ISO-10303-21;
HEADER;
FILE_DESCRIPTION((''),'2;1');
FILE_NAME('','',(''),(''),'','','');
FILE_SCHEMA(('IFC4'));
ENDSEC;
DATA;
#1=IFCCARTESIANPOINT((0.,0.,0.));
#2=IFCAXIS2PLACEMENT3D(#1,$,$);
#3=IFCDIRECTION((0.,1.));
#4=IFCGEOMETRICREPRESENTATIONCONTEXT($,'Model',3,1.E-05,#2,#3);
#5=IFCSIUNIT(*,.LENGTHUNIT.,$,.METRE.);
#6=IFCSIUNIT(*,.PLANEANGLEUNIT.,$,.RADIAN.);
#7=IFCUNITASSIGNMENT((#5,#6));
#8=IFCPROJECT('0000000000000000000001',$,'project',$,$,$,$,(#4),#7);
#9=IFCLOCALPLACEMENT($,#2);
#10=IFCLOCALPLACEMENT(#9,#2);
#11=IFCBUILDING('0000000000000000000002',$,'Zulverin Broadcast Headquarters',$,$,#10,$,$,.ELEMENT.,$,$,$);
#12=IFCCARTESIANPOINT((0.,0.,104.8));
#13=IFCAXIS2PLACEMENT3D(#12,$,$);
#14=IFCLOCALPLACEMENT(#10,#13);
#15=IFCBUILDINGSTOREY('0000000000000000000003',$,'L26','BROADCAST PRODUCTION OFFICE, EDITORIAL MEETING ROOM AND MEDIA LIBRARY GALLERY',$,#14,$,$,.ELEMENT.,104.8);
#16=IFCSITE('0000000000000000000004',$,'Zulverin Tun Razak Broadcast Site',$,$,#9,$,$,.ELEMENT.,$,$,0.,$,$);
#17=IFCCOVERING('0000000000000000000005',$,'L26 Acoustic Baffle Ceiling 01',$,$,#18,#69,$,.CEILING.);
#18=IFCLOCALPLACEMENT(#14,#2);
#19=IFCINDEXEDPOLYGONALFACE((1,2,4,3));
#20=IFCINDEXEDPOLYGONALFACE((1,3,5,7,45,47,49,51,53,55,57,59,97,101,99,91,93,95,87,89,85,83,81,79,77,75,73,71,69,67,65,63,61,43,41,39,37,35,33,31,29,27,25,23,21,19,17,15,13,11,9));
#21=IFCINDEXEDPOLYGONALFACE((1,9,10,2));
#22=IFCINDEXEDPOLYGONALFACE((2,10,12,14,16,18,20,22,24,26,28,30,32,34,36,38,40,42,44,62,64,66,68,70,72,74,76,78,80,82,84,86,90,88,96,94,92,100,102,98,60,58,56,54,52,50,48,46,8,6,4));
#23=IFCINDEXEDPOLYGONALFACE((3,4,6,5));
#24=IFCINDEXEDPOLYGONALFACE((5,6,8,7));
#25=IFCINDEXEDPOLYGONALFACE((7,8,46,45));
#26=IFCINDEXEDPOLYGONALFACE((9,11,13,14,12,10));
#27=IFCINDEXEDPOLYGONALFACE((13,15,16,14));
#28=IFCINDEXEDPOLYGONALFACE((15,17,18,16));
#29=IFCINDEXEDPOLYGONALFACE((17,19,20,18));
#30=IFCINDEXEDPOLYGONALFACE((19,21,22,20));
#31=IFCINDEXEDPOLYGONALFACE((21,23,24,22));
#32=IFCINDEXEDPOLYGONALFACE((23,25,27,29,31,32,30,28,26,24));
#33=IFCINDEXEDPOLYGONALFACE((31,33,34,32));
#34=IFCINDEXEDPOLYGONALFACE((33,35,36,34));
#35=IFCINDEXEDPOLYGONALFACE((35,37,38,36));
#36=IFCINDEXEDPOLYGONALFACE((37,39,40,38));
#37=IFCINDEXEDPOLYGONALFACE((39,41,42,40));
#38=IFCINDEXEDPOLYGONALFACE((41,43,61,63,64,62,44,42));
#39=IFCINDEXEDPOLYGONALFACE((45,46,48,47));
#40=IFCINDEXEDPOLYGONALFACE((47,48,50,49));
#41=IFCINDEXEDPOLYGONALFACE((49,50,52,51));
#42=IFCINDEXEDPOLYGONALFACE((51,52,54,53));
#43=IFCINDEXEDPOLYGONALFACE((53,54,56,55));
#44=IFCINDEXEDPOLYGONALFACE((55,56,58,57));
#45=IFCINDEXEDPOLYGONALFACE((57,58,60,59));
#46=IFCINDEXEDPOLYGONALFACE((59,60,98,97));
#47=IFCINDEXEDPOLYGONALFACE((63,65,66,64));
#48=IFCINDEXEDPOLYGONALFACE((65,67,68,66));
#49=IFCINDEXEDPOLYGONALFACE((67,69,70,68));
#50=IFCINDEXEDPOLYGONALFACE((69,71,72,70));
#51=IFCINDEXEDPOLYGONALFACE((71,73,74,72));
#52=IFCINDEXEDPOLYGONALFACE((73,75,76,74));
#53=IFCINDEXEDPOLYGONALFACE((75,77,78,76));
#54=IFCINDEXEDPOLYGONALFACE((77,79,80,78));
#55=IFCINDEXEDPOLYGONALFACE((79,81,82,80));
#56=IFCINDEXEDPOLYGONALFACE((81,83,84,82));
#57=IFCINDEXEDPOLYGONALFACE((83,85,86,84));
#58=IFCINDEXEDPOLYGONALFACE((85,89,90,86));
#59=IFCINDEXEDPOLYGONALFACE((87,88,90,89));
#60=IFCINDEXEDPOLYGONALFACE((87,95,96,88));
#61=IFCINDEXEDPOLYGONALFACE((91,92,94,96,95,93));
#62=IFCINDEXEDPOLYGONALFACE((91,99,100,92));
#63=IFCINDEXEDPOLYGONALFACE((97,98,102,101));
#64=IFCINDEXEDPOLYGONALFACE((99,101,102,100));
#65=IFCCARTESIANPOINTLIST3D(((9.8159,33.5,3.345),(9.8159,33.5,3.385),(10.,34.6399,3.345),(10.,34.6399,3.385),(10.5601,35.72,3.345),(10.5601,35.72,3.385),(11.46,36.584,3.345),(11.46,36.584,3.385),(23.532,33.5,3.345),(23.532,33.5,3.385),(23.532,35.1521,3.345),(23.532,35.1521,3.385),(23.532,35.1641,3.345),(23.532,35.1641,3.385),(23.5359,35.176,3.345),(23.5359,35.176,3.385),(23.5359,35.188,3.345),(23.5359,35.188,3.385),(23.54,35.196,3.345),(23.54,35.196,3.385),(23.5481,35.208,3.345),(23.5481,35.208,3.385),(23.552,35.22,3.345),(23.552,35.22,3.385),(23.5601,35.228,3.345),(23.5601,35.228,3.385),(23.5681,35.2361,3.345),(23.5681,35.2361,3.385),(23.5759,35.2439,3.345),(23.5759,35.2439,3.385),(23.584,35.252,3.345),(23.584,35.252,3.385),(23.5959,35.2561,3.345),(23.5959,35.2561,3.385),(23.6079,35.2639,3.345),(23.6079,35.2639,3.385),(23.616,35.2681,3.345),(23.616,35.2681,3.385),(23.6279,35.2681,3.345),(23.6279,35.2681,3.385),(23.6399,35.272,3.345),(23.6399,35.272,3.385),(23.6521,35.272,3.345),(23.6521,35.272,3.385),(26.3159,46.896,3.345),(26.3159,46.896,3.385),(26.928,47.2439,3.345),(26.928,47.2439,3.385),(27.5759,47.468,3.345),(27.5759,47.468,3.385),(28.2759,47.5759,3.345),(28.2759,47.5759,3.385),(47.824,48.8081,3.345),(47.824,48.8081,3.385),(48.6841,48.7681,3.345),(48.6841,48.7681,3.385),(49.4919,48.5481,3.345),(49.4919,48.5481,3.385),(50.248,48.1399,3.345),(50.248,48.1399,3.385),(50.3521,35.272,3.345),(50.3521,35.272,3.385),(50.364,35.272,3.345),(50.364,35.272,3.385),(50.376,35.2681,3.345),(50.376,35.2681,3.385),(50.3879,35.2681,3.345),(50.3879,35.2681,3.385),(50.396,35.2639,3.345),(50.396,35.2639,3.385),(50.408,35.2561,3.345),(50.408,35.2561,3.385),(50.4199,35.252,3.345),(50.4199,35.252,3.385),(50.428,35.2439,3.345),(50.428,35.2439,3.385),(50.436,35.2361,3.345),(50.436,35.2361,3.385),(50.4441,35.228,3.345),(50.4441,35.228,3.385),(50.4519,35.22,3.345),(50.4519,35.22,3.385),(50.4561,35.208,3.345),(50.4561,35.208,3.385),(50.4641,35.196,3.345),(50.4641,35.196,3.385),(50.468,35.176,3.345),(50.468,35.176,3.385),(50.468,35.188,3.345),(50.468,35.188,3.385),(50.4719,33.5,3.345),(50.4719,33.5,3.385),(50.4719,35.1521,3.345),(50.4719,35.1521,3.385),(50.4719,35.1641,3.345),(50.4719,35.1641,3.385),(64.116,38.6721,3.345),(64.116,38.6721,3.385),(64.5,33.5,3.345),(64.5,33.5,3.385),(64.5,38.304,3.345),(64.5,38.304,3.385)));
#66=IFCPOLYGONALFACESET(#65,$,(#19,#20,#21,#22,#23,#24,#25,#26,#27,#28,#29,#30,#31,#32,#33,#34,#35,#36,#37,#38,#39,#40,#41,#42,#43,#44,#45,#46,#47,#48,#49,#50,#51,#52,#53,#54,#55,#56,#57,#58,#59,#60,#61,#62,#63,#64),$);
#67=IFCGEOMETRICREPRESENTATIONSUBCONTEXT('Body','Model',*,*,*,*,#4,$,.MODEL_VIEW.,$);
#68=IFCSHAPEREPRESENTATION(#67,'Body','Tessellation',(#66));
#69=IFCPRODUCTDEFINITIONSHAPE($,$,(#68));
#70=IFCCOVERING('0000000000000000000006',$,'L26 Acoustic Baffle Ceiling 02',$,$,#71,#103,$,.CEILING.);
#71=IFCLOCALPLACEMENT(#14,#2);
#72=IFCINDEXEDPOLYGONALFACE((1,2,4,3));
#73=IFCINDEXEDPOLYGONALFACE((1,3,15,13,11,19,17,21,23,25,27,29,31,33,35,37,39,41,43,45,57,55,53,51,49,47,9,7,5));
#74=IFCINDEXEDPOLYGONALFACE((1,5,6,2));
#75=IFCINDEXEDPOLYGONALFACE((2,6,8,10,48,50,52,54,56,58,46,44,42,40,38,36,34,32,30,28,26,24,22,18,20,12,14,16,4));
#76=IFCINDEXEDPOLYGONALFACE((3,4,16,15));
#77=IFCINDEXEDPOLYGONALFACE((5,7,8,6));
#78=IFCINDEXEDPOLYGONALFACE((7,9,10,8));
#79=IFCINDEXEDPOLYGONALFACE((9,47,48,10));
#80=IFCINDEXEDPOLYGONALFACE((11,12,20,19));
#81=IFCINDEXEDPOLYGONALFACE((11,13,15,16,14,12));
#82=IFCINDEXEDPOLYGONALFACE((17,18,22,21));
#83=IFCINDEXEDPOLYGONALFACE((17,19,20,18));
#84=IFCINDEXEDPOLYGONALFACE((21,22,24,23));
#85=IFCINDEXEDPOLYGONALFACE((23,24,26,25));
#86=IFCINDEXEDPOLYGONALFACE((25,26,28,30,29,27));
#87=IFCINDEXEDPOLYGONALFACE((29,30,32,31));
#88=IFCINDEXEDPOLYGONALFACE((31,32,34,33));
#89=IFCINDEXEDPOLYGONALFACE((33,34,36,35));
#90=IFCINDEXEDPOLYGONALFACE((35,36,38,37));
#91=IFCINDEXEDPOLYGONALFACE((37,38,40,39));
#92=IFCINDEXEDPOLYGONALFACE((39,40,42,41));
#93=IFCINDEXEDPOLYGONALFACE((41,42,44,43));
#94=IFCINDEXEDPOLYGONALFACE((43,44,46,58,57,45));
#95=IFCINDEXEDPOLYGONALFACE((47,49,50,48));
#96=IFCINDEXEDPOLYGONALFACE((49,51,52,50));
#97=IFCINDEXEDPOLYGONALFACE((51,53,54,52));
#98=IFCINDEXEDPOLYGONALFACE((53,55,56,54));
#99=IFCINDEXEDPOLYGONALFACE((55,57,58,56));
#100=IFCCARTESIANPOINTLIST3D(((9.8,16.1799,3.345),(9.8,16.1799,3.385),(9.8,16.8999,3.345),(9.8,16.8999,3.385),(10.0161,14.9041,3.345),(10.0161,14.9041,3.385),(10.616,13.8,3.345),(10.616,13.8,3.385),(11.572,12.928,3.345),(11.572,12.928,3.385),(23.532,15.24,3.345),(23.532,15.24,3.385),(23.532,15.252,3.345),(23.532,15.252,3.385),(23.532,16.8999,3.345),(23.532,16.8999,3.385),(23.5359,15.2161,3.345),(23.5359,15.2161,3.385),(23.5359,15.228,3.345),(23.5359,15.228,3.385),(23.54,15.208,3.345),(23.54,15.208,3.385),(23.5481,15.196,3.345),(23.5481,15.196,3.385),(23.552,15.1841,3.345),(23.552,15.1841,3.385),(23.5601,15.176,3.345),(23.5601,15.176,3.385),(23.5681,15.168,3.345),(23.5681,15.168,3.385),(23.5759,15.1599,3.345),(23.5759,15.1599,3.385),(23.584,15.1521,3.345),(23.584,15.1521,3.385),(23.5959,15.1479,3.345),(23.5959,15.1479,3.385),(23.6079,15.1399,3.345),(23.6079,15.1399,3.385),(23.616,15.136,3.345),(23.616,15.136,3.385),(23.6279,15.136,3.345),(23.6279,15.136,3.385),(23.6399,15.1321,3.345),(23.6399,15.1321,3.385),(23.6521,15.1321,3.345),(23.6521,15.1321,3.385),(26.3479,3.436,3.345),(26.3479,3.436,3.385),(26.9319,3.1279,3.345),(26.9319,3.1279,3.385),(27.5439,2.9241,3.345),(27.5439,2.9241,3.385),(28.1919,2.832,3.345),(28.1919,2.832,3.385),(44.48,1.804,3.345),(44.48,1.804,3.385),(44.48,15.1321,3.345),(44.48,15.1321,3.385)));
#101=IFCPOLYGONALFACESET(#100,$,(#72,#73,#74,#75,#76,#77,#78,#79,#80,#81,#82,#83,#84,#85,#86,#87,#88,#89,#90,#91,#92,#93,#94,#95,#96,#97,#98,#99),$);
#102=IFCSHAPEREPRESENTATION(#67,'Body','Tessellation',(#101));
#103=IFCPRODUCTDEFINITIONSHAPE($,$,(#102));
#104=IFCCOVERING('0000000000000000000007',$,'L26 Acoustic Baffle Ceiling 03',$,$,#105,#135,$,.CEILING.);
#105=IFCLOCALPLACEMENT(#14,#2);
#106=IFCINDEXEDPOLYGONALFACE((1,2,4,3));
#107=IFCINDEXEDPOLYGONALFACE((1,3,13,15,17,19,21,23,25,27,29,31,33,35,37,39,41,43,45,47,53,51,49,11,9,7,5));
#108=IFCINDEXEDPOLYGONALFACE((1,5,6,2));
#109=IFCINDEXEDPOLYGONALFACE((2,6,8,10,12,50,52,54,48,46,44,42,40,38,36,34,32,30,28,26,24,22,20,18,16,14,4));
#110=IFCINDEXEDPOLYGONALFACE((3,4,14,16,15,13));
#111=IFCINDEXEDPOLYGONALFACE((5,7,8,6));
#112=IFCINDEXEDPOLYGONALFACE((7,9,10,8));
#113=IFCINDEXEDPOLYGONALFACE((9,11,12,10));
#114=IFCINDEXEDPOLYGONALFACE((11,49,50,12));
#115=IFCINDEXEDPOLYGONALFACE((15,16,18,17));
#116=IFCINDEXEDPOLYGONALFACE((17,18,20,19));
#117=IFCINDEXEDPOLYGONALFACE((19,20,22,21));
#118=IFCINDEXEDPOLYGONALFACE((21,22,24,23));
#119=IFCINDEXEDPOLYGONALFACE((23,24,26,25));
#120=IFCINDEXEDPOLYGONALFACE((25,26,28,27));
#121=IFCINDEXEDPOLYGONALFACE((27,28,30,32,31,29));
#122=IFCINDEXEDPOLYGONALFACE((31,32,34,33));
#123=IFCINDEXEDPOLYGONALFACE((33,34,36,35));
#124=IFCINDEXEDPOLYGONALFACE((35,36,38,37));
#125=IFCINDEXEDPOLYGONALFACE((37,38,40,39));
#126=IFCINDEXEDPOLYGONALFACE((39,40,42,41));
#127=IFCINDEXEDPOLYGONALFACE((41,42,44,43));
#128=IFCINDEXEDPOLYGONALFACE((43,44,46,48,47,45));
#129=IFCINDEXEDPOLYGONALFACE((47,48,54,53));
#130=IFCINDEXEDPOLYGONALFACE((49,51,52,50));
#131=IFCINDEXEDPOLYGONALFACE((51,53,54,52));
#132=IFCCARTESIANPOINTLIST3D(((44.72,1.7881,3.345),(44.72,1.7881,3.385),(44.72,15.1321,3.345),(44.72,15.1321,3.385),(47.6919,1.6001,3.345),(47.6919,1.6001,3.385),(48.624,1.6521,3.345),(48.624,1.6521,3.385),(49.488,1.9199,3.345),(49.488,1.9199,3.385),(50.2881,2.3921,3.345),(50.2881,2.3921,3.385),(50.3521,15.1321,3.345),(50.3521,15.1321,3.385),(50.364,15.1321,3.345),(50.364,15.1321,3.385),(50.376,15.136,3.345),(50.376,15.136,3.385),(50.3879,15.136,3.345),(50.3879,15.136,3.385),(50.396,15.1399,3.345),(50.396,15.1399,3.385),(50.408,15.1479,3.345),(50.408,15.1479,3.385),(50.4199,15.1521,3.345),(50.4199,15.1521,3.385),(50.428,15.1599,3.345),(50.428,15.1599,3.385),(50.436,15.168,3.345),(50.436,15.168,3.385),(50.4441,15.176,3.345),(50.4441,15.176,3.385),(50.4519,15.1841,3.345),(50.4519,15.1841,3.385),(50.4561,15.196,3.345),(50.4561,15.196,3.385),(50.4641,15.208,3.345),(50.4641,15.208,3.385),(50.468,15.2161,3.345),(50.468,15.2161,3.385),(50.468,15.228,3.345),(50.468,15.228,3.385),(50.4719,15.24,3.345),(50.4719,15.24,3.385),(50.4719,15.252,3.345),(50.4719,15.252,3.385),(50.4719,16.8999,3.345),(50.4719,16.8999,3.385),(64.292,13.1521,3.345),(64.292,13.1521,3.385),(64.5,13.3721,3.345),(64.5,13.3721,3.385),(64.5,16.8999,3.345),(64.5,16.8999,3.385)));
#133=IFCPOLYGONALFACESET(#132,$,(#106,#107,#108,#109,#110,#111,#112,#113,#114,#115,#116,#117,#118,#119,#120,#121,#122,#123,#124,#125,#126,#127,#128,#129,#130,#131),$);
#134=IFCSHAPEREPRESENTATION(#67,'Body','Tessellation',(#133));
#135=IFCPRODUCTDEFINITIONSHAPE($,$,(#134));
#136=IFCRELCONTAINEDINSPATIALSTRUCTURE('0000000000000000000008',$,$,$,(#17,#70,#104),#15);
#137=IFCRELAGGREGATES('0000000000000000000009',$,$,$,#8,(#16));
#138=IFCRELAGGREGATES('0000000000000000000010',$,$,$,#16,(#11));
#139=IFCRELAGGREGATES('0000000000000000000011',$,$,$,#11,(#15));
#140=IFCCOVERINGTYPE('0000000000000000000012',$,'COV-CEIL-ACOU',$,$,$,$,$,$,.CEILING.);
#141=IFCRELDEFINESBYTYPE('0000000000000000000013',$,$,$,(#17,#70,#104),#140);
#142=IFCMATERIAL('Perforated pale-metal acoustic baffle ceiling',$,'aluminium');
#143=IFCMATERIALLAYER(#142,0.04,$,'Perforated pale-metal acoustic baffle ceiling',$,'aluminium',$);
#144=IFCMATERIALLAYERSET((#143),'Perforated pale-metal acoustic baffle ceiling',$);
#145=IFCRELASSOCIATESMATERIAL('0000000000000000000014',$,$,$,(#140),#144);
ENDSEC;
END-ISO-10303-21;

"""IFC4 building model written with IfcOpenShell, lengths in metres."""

from ifc_helpers import new_model, si_unit, direction, frame, origin, place, context, subcontext, project, spatial, polyline, outline, extrude, material, layer, layer_set, type_object, element, save


model = new_model("IFC4")

# Units and contexts
model_context = context("Model", 3, precision=1e-05, world=origin(), true_north=direction((0.0, 1.0)))
body_context = subcontext(model_context, "Body", "Model", "MODEL_VIEW")
ifc_project = project(units=[si_unit("LENGTHUNIT", "METRE"), si_unit("PLANEANGLEUNIT", "RADIAN")], contexts=[model_context])

# Site, building, storey
site_placement = place(None, origin())
site = spatial("IfcSite", under=ifc_project, at=site_placement, Name="Zulverin Tun Razak Broadcast Site", CompositionType="ELEMENT", RefElevation=0.0)
building_placement = place(site_placement, origin())
building = spatial("IfcBuilding", under=site, at=building_placement, Name="Zulverin Broadcast Headquarters", CompositionType="ELEMENT")
storey_placement = place(building_placement, frame((0.0, 0.0, 104.8)))
storey = spatial("IfcBuildingStorey", under=building, at=storey_placement, Name="L26", Description="BROADCAST PRODUCTION OFFICE, EDITORIAL MEETING ROOM AND MEDIA LIBRARY GALLERY", CompositionType="ELEMENT", Elevation=104.8)

# Coverings
ifc_material_1 = material(Name="Perforated pale-metal acoustic baffle ceiling", Category="aluminium")
ifc_layer_1 = layer(ifc_material_1, 0.04, Name="Perforated pale-metal acoustic baffle ceiling", Category="aluminium")
ifc_layer_set_1 = layer_set([ifc_layer_1], Name="Perforated pale-metal acoustic baffle ceiling")
covering_type_1 = type_object("IfcCoveringType", Name="COV-CEIL-ACOU", PredefinedType="CEILING", material=ifc_layer_set_1)
covering_1_placement = place(storey_placement, frame((0.0, 0.0, 3.345)))
element("IfcCovering", 1, at=covering_1_placement, inside=storey, type_object=covering_type_1, Name="L26 Acoustic Baffle Ceiling 01", PredefinedType="CEILING", context=body_context, shape_type="SweptSolid", body=[
    extrude(outline(polyline([(11.46, 36.584), (10.5601, 35.72), (10.0, 34.6399), (9.8159, 33.5), (23.532, 33.5), (23.532, 35.1521), (23.532, 35.1641), (23.5359, 35.176), (23.5359, 35.188), (23.54, 35.196), (23.5481, 35.208), (23.552, 35.22), (23.5601, 35.228), (23.5681, 35.2361), (23.5759, 35.2439), (23.584, 35.252), (23.5959, 35.2561), (23.6079, 35.2639), (23.616, 35.2681), (23.6279, 35.2681), (23.6399, 35.272), (23.6521, 35.272), (50.3521, 35.272), (50.364, 35.272), (50.376, 35.2681), (50.3879, 35.2681), (50.396, 35.2639), (50.408, 35.2561), (50.4199, 35.252), (50.428, 35.2439), (50.436, 35.2361), (50.4441, 35.228), (50.4519, 35.22), (50.4561, 35.208), (50.4641, 35.196), (50.468, 35.188), (50.468, 35.176), (50.4719, 35.1641), (50.4719, 35.1521), (50.4719, 33.5), (64.5, 33.5), (64.5, 38.304), (64.116, 38.6721), (50.248, 48.1399), (49.4919, 48.5481), (48.6841, 48.7681), (47.824, 48.8081), (28.2759, 47.5759), (27.5759, 47.468), (26.928, 47.2439), (26.3159, 46.896), (11.46, 36.584)])), origin(), (0.0, 0.0, 1.0), 0.04),
])
covering_2_placement = place(storey_placement, frame((0.0, 0.0, 3.345)))
element("IfcCovering", 2, at=covering_2_placement, inside=storey, type_object=covering_type_1, Name="L26 Acoustic Baffle Ceiling 02", PredefinedType="CEILING", context=body_context, shape_type="SweptSolid", body=[
    extrude(outline(polyline([(23.5359, 15.228), (23.532, 15.24), (23.532, 15.252), (23.532, 16.8999), (9.8, 16.8999), (9.8, 16.1799), (10.0161, 14.9041), (10.616, 13.8), (11.572, 12.928), (26.3479, 3.436), (26.9319, 3.1279), (27.5439, 2.9241), (28.1919, 2.832), (44.48, 1.804), (44.48, 15.1321), (23.6521, 15.1321), (23.6399, 15.1321), (23.6279, 15.136), (23.616, 15.136), (23.6079, 15.1399), (23.5959, 15.1479), (23.584, 15.1521), (23.5759, 15.1599), (23.5681, 15.168), (23.5601, 15.176), (23.552, 15.1841), (23.5481, 15.196), (23.54, 15.208), (23.5359, 15.2161), (23.5359, 15.228)])), origin(), (0.0, 0.0, 1.0), 0.04),
])
covering_3_placement = place(storey_placement, frame((0.0, 0.0, 3.345)))
element("IfcCovering", 3, at=covering_3_placement, inside=storey, type_object=covering_type_1, Name="L26 Acoustic Baffle Ceiling 03", PredefinedType="CEILING", context=body_context, shape_type="SweptSolid", body=[
    extrude(outline(polyline([(49.488, 1.9199), (50.2881, 2.3921), (64.292, 13.1521), (64.5, 13.3721), (64.5, 16.8999), (50.4719, 16.8999), (50.4719, 15.252), (50.4719, 15.24), (50.468, 15.228), (50.468, 15.2161), (50.4641, 15.208), (50.4561, 15.196), (50.4519, 15.1841), (50.4441, 15.176), (50.436, 15.168), (50.428, 15.1599), (50.4199, 15.1521), (50.408, 15.1479), (50.396, 15.1399), (50.3879, 15.136), (50.376, 15.136), (50.364, 15.1321), (50.3521, 15.1321), (44.72, 15.1321), (44.72, 1.7881), (47.6919, 1.6001), (48.624, 1.6521), (49.488, 1.9199)])), origin(), (0.0, 0.0, 1.0), 0.04),
])

save(model, "model.ifc")
